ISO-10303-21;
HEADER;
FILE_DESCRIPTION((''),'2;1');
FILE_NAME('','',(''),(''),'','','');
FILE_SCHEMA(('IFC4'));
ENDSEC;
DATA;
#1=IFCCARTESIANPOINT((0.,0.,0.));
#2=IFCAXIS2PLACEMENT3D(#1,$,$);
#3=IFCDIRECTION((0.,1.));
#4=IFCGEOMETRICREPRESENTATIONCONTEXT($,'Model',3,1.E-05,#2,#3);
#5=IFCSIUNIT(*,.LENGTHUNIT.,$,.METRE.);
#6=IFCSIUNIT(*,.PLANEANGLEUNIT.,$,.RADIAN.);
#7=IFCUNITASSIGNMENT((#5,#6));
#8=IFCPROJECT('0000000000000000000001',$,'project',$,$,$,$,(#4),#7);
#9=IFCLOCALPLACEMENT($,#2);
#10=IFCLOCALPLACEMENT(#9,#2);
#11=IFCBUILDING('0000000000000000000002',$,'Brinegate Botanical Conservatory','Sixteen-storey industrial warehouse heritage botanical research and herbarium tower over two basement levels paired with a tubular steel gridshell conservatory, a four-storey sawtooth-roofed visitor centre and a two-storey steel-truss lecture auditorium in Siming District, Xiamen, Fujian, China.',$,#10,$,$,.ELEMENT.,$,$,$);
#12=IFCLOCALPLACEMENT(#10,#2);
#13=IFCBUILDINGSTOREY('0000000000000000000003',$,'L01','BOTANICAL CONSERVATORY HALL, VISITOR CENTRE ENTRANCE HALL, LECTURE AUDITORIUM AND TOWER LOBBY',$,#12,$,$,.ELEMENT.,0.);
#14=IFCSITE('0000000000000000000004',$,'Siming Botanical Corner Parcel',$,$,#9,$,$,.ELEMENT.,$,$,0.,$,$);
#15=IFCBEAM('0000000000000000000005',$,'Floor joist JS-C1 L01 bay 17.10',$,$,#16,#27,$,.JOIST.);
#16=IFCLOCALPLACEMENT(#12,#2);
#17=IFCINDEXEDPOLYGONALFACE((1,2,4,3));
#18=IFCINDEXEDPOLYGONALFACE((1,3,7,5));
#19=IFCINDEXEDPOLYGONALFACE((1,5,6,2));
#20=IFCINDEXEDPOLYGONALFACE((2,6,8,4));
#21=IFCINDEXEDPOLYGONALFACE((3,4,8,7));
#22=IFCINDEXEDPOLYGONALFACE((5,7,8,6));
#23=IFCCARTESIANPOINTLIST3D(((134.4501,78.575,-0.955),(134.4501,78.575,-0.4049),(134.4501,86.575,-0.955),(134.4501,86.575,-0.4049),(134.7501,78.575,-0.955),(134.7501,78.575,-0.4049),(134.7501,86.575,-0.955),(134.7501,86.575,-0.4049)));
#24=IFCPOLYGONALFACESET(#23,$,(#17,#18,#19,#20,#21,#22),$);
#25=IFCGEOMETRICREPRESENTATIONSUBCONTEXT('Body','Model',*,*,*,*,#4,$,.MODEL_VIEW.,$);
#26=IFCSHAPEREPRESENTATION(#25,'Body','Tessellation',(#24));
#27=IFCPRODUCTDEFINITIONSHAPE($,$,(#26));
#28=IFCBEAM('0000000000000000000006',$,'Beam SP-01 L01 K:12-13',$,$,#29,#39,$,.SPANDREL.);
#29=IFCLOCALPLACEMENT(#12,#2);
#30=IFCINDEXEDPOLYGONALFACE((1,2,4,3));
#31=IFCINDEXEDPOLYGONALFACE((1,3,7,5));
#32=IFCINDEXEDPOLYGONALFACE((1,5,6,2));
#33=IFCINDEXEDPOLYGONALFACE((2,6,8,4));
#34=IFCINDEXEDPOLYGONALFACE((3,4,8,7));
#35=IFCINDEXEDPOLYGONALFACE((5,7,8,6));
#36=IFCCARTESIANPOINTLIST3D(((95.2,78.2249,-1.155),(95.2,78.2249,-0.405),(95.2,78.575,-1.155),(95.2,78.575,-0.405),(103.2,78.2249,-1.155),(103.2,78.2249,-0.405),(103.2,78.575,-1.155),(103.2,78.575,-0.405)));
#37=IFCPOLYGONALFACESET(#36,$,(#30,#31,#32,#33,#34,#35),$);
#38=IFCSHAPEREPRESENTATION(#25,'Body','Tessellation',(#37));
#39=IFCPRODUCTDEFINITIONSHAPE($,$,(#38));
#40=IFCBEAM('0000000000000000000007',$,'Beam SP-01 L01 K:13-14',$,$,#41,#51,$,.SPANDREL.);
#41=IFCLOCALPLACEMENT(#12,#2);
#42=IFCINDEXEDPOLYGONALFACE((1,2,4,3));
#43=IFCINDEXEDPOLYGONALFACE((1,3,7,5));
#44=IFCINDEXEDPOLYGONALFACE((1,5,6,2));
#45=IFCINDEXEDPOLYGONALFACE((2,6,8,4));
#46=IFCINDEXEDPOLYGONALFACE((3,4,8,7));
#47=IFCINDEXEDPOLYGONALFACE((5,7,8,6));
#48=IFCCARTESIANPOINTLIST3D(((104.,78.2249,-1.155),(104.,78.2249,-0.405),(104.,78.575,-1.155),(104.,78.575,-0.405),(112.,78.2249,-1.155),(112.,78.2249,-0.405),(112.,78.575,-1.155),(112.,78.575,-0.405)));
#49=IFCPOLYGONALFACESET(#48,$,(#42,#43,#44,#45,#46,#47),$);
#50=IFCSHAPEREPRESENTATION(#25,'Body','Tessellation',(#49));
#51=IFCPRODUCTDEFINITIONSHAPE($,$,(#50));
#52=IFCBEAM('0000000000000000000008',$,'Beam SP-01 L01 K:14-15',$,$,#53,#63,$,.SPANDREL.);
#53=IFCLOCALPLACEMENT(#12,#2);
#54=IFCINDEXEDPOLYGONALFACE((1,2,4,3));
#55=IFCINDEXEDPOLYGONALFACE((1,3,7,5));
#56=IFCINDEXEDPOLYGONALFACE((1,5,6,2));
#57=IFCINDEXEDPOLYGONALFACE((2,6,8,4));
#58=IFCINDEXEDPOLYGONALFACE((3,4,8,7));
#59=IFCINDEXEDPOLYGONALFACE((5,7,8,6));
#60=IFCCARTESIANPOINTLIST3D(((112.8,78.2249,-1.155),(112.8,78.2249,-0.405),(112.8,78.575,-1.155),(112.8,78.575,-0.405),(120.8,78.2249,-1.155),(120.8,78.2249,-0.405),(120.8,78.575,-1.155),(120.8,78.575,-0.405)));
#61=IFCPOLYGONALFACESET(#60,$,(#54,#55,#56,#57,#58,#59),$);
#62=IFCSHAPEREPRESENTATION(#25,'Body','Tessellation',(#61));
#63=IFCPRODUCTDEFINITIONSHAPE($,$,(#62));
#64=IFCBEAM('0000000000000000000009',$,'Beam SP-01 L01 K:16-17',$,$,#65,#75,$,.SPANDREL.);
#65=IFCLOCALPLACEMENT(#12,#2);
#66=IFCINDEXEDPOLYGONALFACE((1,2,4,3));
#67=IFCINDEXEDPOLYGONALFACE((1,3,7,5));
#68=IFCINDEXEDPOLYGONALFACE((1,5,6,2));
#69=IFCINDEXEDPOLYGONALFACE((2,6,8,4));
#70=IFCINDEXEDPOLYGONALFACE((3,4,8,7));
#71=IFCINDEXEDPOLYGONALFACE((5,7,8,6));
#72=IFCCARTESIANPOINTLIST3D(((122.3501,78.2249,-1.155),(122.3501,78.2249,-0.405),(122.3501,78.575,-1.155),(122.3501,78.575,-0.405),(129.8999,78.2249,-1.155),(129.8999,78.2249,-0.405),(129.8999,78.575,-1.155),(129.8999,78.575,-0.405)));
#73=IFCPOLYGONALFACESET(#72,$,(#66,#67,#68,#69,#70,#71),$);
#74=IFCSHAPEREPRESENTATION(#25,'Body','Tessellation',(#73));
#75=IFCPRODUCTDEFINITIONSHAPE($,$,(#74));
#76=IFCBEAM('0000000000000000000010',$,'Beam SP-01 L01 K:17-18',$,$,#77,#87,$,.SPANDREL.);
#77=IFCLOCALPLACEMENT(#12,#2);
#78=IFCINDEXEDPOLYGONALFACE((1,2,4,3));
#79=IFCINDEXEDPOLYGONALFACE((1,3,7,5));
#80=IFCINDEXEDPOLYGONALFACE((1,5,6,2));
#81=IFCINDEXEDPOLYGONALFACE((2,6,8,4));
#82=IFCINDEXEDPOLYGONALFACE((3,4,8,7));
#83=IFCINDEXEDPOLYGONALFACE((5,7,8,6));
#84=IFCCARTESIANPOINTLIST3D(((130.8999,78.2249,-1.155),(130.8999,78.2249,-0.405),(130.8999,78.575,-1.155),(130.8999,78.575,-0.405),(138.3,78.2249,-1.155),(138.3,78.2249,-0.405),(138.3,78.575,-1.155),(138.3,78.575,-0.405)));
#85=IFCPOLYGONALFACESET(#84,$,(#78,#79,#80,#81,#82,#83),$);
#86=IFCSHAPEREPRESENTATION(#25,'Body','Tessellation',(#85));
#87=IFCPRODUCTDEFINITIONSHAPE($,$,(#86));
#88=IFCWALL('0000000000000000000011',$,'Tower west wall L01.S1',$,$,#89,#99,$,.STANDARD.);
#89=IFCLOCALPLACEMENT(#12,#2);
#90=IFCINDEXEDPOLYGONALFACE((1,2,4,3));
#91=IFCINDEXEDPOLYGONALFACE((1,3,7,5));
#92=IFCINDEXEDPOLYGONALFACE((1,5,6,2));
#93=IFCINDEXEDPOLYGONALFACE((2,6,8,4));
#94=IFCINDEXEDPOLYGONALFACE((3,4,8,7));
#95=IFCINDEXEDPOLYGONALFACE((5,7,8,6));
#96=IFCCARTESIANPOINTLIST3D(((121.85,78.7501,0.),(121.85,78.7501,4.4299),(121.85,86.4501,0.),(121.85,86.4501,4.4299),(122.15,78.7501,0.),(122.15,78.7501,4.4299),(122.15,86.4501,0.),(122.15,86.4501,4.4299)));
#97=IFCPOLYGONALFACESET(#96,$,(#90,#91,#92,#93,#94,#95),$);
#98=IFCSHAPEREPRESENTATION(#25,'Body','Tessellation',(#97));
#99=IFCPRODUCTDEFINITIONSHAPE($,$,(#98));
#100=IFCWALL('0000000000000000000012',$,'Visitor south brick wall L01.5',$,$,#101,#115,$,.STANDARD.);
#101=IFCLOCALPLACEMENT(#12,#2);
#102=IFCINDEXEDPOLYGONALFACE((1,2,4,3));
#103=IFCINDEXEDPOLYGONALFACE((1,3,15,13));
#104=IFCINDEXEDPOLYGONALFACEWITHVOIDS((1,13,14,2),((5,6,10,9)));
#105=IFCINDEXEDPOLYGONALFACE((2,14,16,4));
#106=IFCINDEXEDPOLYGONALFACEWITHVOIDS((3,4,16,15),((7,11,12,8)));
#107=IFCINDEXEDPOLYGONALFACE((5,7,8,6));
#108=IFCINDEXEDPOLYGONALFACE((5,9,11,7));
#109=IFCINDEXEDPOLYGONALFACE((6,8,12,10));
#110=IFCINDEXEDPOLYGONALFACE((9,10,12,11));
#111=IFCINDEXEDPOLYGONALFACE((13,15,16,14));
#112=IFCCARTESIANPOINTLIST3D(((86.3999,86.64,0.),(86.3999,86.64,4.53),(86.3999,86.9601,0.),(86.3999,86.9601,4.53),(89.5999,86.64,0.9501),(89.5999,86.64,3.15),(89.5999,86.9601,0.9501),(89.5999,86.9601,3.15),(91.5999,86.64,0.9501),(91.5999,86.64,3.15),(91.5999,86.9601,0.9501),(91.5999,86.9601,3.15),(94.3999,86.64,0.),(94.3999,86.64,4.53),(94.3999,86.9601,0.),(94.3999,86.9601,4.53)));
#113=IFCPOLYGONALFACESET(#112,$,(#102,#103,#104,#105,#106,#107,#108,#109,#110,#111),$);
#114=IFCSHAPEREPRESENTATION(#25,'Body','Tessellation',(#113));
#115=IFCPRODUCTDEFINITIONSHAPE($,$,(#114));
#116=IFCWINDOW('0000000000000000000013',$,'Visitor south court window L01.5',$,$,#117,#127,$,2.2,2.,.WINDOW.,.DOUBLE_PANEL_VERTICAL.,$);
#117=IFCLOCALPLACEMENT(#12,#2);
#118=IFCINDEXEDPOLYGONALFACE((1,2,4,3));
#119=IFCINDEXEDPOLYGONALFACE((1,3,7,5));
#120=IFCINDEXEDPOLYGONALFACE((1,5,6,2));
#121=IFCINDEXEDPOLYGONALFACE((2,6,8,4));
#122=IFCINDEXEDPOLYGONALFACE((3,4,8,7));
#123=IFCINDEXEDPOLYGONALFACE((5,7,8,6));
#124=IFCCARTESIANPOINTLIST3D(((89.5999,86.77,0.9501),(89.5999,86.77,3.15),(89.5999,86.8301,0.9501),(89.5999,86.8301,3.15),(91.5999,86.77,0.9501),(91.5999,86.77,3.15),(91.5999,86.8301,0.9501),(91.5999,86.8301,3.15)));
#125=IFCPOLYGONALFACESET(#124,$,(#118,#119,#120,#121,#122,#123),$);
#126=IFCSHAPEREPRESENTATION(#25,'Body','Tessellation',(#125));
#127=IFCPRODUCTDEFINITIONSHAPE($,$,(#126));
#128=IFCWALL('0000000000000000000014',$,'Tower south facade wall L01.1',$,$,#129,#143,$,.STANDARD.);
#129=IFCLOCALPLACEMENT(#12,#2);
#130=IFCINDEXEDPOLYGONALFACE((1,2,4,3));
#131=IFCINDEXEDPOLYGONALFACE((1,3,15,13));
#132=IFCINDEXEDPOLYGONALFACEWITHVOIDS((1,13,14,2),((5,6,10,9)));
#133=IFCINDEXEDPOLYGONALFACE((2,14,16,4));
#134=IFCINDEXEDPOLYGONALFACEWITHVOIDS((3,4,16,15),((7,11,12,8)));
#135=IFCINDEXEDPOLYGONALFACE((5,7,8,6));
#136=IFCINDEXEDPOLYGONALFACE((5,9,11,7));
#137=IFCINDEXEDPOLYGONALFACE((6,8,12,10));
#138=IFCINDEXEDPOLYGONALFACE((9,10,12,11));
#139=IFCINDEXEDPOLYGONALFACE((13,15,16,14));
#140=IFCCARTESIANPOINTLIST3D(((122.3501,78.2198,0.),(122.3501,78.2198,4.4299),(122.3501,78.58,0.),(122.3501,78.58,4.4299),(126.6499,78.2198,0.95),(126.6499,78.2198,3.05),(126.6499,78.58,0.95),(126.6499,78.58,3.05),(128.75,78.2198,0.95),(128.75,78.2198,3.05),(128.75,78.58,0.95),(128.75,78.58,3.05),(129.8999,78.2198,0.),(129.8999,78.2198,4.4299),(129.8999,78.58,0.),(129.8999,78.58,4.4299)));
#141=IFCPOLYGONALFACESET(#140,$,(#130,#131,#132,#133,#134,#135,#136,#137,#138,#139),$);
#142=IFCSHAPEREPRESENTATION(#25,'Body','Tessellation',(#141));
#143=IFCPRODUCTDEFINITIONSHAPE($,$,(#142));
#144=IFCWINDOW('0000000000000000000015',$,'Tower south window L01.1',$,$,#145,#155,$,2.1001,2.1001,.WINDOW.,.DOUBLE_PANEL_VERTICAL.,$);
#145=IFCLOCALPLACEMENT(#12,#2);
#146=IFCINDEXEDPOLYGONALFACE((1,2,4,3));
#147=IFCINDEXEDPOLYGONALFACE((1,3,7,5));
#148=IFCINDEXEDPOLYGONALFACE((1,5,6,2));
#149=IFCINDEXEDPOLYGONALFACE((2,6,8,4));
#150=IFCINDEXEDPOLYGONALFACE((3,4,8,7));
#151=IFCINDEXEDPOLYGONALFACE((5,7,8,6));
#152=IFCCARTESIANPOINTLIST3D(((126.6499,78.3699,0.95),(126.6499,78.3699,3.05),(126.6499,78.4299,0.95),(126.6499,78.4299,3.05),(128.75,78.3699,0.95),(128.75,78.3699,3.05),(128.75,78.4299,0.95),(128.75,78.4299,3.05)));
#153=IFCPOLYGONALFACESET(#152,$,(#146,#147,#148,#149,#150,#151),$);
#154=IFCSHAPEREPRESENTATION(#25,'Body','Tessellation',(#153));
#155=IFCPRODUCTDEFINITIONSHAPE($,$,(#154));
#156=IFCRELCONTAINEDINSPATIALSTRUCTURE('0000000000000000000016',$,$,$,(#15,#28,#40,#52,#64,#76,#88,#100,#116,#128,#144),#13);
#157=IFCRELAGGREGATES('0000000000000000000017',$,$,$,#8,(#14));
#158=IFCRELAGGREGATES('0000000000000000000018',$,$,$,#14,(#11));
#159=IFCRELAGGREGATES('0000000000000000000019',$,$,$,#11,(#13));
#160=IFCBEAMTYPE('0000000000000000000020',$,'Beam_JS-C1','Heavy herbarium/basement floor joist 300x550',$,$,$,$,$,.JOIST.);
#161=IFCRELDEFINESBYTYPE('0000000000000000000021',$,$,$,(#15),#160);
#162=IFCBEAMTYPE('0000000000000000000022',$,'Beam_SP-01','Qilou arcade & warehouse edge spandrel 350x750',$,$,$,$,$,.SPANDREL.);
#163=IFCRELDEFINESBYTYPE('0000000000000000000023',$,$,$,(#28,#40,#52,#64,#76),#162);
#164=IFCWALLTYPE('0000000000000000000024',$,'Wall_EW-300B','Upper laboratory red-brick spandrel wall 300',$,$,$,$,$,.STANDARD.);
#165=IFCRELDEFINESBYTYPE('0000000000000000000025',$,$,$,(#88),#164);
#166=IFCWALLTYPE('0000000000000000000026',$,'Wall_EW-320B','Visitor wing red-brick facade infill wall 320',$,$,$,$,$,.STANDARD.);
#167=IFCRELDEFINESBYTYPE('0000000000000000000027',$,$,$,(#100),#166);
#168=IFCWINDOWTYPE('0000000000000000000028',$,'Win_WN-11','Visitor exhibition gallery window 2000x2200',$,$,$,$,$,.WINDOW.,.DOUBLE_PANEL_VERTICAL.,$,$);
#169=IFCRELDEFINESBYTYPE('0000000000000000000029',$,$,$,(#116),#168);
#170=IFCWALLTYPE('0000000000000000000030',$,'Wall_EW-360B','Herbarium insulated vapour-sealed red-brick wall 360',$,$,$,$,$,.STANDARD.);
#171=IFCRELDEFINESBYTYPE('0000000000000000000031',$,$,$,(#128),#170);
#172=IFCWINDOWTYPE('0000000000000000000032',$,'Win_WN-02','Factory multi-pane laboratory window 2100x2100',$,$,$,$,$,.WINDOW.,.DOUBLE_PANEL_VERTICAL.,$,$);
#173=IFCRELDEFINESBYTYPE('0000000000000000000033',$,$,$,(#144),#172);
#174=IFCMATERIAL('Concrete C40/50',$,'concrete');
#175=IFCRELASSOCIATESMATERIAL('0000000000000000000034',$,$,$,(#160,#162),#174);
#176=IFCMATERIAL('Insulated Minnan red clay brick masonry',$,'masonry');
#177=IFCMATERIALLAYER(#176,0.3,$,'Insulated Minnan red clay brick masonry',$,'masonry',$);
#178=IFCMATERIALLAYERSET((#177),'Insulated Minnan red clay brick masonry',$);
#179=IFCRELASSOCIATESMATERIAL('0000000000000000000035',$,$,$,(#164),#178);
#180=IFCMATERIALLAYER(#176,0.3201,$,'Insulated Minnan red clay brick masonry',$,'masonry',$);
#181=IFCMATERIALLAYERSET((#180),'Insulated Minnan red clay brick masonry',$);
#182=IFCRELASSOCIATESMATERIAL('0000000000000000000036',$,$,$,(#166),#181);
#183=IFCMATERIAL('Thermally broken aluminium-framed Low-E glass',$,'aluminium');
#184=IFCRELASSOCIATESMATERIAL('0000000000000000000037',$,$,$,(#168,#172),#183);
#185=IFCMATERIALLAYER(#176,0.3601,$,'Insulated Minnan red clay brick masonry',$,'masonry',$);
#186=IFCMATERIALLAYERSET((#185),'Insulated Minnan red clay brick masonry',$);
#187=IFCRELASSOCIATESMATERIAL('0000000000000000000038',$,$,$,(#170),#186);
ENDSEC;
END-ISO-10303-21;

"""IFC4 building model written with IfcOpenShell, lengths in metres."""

from ifc_helpers import new_model, si_unit, direction, frame, frame_2d, origin, origin_2d, place, context, subcontext, project, spatial, rectangle, extrude, material, layer, layer_set, material_profile, profile_set, type_object, element, fill, save


model = new_model("IFC4")

# Units and contexts
model_context = context("Model", 3, precision=1e-05, world=origin(), true_north=direction((0.0, 1.0)))
body_context = subcontext(model_context, "Body", "Model", "MODEL_VIEW")
ifc_project = project(units=[si_unit("LENGTHUNIT", "METRE"), si_unit("PLANEANGLEUNIT", "RADIAN")], contexts=[model_context])

# Site, building, storey
site_placement = place(None, origin())
site = spatial("IfcSite", under=ifc_project, at=site_placement, Name="Siming Botanical Corner Parcel", CompositionType="ELEMENT", RefElevation=0.0)
building_placement = place(site_placement, origin())
building = spatial("IfcBuilding", under=site, at=building_placement, Name="Brinegate Botanical Conservatory", Description="Sixteen-storey industrial warehouse heritage botanical research and herbarium tower over two basement levels paired with a tubular steel gridshell conservatory, a four-storey sawtooth-roofed visitor centre and a two-storey steel-truss lecture auditorium in Siming District, Xiamen, Fujian, China.", CompositionType="ELEMENT")
storey_placement = place(building_placement, origin())
storey = spatial("IfcBuildingStorey", under=building, at=storey_placement, Name="L01", Description="BOTANICAL CONSERVATORY HALL, VISITOR CENTRE ENTRANCE HALL, LECTURE AUDITORIUM AND TOWER LOBBY", CompositionType="ELEMENT", Elevation=0.0)

# Shared definitions
ifc_material_1 = material(Name="Concrete C40/50", Category="concrete")

# Beams
ifc_material_profile_1 = material_profile(ifc_material_1, rectangle(XDim=0.3, YDim=0.55, at=origin_2d()), Name="RC JST 300x550")
ifc_profile_set_1 = profile_set([ifc_material_profile_1], Name="Concrete C40/50")
beam_type_1 = type_object("IfcBeamType", Name="Beam_JS-C1", Description="Heavy herbarium/basement floor joist 300x550", PredefinedType="JOIST", material=ifc_profile_set_1)
for number, where, z_axis, x_axis, name in (
    (1, (134.6001, 78.575, -0.6799), (0.0, 1.0, 0.0), (-1.0, 0.0, 0.0), "Floor joist JS-C1 L01 bay 17.10"),
):
    element("IfcBeam", number, at=place(storey_placement, frame(where, z_axis=z_axis, x_axis=x_axis)), inside=storey, type_object=beam_type_1, Name=name, PredefinedType="JOIST", context=body_context, shape_type="SweptSolid", body=[
        extrude(rectangle(XDim=0.3, YDim=0.55, at=origin_2d()), origin(), (0.0, 0.0, 1.0), 8.0),
    ])
ifc_material_profile_2 = material_profile(ifc_material_1, rectangle(XDim=0.3501, YDim=0.75, at=origin_2d()), Name="RC SPN 350x750")
ifc_profile_set_2 = profile_set([ifc_material_profile_2], Name="Concrete C40/50")
beam_type_2 = type_object("IfcBeamType", Name="Beam_SP-01", Description="Qilou arcade & warehouse edge spandrel 350x750", PredefinedType="SPANDREL", material=ifc_profile_set_2)
for number, where, z_axis, x_axis, name in (
    (2, (95.2, 78.3999, -0.78), (1.0, 0.0, 0.0), (0.0, 1.0, 0.0), "Beam SP-01 L01 K:12-13"),
    (3, (104.0, 78.3999, -0.78), (1.0, 0.0, 0.0), (0.0, 1.0, 0.0), "Beam SP-01 L01 K:13-14"),
    (4, (112.8, 78.3999, -0.78), (1.0, 0.0, 0.0), (0.0, 1.0, 0.0), "Beam SP-01 L01 K:14-15"),
):
    element("IfcBeam", number, at=place(storey_placement, frame(where, z_axis=z_axis, x_axis=x_axis)), inside=storey, type_object=beam_type_2, Name=name, PredefinedType="SPANDREL", context=body_context, shape_type="SweptSolid", body=[
        extrude(rectangle(XDim=0.3501, YDim=0.75, at=origin_2d()), origin(), (0.0, 0.0, 1.0), 8.0),
    ])
beam_1_placement = place(storey_placement, frame((122.3501, 78.3999, -0.78), z_axis=(1.0, 0.0, 0.0), x_axis=(0.0, 1.0, 0.0)))
element("IfcBeam", 5, at=beam_1_placement, inside=storey, type_object=beam_type_2, Name="Beam SP-01 L01 K:16-17", PredefinedType="SPANDREL", context=body_context, shape_type="SweptSolid", body=[
    extrude(rectangle(XDim=0.3501, YDim=0.75, at=origin_2d()), origin(), (0.0, 0.0, 1.0), 7.5498),
])
beam_2_placement = place(storey_placement, frame((130.8999, 78.3999, -0.78), z_axis=(1.0, 0.0, 0.0), x_axis=(0.0, 1.0, 0.0)))
element("IfcBeam", 6, at=beam_2_placement, inside=storey, type_object=beam_type_2, Name="Beam SP-01 L01 K:17-18", PredefinedType="SPANDREL", context=body_context, shape_type="SweptSolid", body=[
    extrude(rectangle(XDim=0.3501, YDim=0.75, at=origin_2d()), origin(), (0.0, 0.0, 1.0), 7.4001),
])

# Wall
ifc_material_2 = material(Name="Insulated Minnan red clay brick masonry", Category="masonry")
ifc_layer_1 = layer(ifc_material_2, 0.3, Name="Insulated Minnan red clay brick masonry", Category="masonry")
ifc_layer_set_1 = layer_set([ifc_layer_1], Name="Insulated Minnan red clay brick masonry")
wall_type_1 = type_object("IfcWallType", Name="Wall_EW-300B", Description="Upper laboratory red-brick spandrel wall 300", PredefinedType="STANDARD", material=ifc_layer_set_1)
wall_1_placement = place(storey_placement, frame((122.0, 78.75, 0.0), z_axis=(0.0, 0.0, 1.0), x_axis=(0.0, 1.0, 0.0)))
element("IfcWall", 7, at=wall_1_placement, inside=storey, type_object=wall_type_1, Name="Tower west wall L01.S1", PredefinedType="STANDARD", context=body_context, shape_type="SweptSolid", body=[
    extrude(rectangle(XDim=7.7, YDim=0.3, at=frame_2d((3.8501, 0.0))), origin(), (0.0, 0.0, 1.0), 4.4299),
])

# Wall, opening, window
ifc_layer_2 = layer(ifc_material_2, 0.3201, Name="Insulated Minnan red clay brick masonry", Category="masonry")
ifc_layer_set_2 = layer_set([ifc_layer_2], Name="Insulated Minnan red clay brick masonry")
wall_type_2 = type_object("IfcWallType", Name="Wall_EW-320B", Description="Visitor wing red-brick facade infill wall 320", PredefinedType="STANDARD", material=ifc_layer_set_2)
wall_2_placement = place(storey_placement, frame((94.3999, 86.8, 0.0), z_axis=(0.0, 0.0, 1.0), x_axis=(-1.0, 0.0, 0.0)))
wall_2 = element("IfcWall", 8, at=wall_2_placement, inside=storey, type_object=wall_type_2, Name="Visitor south brick wall L01.5", PredefinedType="STANDARD", context=body_context, shape_type="SweptSolid", body=[
    extrude(rectangle(XDim=8.0, YDim=0.3201, at=frame_2d((4.0, 0.0))), origin(), (0.0, 0.0, 1.0), 4.53),
])
opening_1_placement = place(wall_2_placement, frame((2.8, 0.0, 0.95)))
opening_1 = element("IfcOpeningElement", 9, at=opening_1_placement, cuts=wall_2, PredefinedType="OPENING", context=body_context, shape_type="SweptSolid", body=[
    extrude(rectangle(XDim=2.0, YDim=2.2, at=frame_2d((1.0, 1.1001))), frame((0.0, 0.1699, 0.0), z_axis=(0.0, -1.0, 0.0), x_axis=(1.0, 0.0, 0.0)), (0.0, 0.0, 1.0), 0.3401),
])
ifc_material_3 = material(Name="Thermally broken aluminium-framed Low-E glass", Category="aluminium")
window_type_1 = type_object("IfcWindowType", Name="Win_WN-11", Description="Visitor exhibition gallery window 2000x2200", PartitioningType="DOUBLE_PANEL_VERTICAL", PredefinedType="WINDOW", material=ifc_material_3)
window_1_placement = place(opening_1_placement, origin())
window_1 = element("IfcWindow", 10, at=window_1_placement, inside=storey, type_object=window_type_1, Name="Visitor south court window L01.5", OverallHeight=2.2, OverallWidth=2.0, PartitioningType="DOUBLE_PANEL_VERTICAL", PredefinedType="WINDOW", context=body_context, shape_type="SweptSolid", body=[
    extrude(rectangle(XDim=2.0, YDim=2.2, at=frame_2d((1.0, 1.1001))), frame((0.0, 0.03, 0.0), z_axis=(0.0, -1.0, 0.0), x_axis=(1.0, 0.0, 0.0)), (0.0, 0.0, 1.0), 0.0601),
])
fill(opening_1, window_1)

# Wall, opening, window
ifc_layer_3 = layer(ifc_material_2, 0.3601, Name="Insulated Minnan red clay brick masonry", Category="masonry")
ifc_layer_set_3 = layer_set([ifc_layer_3], Name="Insulated Minnan red clay brick masonry")
wall_type_3 = type_object("IfcWallType", Name="Wall_EW-360B", Description="Herbarium insulated vapour-sealed red-brick wall 360", PredefinedType="STANDARD", material=ifc_layer_set_3)
wall_3_placement = place(storey_placement, frame((129.8999, 78.3999, 0.0), z_axis=(0.0, 0.0, 1.0), x_axis=(-1.0, 0.0, 0.0)))
wall_3 = element("IfcWall", 11, at=wall_3_placement, inside=storey, type_object=wall_type_3, Name="Tower south facade wall L01.1", PredefinedType="STANDARD", context=body_context, shape_type="SweptSolid", body=[
    extrude(rectangle(XDim=7.5498, YDim=0.3601, at=frame_2d((3.7749, 0.0))), origin(), (0.0, 0.0, 1.0), 4.4299),
])
opening_2_placement = place(wall_3_placement, frame((1.1499, 0.0, 0.95)))
opening_2 = element("IfcOpeningElement", 12, at=opening_2_placement, cuts=wall_3, PredefinedType="OPENING", context=body_context, shape_type="SweptSolid", body=[
    extrude(rectangle(XDim=2.1001, YDim=2.1001, at=frame_2d((1.05, 1.05))), frame((0.0, 0.1899, 0.0), z_axis=(0.0, -1.0, 0.0), x_axis=(1.0, 0.0, 0.0)), (0.0, 0.0, 1.0), 0.3801),
])
window_type_2 = type_object("IfcWindowType", Name="Win_WN-02", Description="Factory multi-pane laboratory window 2100x2100", PartitioningType="DOUBLE_PANEL_VERTICAL", PredefinedType="WINDOW", material=ifc_material_3)
window_2_placement = place(opening_2_placement, origin())
window_2 = element("IfcWindow", 13, at=window_2_placement, inside=storey, type_object=window_type_2, Name="Tower south window L01.1", OverallHeight=2.1001, OverallWidth=2.1001, PartitioningType="DOUBLE_PANEL_VERTICAL", PredefinedType="WINDOW", context=body_context, shape_type="SweptSolid", body=[
    extrude(rectangle(XDim=2.1001, YDim=2.1001, at=frame_2d((1.05, 1.05))), frame((0.0, 0.03, 0.0), z_axis=(0.0, -1.0, 0.0), x_axis=(1.0, 0.0, 0.0)), (0.0, 0.0, 1.0), 0.0601),
])
fill(opening_2, window_2)

save(model, "model.ifc")
